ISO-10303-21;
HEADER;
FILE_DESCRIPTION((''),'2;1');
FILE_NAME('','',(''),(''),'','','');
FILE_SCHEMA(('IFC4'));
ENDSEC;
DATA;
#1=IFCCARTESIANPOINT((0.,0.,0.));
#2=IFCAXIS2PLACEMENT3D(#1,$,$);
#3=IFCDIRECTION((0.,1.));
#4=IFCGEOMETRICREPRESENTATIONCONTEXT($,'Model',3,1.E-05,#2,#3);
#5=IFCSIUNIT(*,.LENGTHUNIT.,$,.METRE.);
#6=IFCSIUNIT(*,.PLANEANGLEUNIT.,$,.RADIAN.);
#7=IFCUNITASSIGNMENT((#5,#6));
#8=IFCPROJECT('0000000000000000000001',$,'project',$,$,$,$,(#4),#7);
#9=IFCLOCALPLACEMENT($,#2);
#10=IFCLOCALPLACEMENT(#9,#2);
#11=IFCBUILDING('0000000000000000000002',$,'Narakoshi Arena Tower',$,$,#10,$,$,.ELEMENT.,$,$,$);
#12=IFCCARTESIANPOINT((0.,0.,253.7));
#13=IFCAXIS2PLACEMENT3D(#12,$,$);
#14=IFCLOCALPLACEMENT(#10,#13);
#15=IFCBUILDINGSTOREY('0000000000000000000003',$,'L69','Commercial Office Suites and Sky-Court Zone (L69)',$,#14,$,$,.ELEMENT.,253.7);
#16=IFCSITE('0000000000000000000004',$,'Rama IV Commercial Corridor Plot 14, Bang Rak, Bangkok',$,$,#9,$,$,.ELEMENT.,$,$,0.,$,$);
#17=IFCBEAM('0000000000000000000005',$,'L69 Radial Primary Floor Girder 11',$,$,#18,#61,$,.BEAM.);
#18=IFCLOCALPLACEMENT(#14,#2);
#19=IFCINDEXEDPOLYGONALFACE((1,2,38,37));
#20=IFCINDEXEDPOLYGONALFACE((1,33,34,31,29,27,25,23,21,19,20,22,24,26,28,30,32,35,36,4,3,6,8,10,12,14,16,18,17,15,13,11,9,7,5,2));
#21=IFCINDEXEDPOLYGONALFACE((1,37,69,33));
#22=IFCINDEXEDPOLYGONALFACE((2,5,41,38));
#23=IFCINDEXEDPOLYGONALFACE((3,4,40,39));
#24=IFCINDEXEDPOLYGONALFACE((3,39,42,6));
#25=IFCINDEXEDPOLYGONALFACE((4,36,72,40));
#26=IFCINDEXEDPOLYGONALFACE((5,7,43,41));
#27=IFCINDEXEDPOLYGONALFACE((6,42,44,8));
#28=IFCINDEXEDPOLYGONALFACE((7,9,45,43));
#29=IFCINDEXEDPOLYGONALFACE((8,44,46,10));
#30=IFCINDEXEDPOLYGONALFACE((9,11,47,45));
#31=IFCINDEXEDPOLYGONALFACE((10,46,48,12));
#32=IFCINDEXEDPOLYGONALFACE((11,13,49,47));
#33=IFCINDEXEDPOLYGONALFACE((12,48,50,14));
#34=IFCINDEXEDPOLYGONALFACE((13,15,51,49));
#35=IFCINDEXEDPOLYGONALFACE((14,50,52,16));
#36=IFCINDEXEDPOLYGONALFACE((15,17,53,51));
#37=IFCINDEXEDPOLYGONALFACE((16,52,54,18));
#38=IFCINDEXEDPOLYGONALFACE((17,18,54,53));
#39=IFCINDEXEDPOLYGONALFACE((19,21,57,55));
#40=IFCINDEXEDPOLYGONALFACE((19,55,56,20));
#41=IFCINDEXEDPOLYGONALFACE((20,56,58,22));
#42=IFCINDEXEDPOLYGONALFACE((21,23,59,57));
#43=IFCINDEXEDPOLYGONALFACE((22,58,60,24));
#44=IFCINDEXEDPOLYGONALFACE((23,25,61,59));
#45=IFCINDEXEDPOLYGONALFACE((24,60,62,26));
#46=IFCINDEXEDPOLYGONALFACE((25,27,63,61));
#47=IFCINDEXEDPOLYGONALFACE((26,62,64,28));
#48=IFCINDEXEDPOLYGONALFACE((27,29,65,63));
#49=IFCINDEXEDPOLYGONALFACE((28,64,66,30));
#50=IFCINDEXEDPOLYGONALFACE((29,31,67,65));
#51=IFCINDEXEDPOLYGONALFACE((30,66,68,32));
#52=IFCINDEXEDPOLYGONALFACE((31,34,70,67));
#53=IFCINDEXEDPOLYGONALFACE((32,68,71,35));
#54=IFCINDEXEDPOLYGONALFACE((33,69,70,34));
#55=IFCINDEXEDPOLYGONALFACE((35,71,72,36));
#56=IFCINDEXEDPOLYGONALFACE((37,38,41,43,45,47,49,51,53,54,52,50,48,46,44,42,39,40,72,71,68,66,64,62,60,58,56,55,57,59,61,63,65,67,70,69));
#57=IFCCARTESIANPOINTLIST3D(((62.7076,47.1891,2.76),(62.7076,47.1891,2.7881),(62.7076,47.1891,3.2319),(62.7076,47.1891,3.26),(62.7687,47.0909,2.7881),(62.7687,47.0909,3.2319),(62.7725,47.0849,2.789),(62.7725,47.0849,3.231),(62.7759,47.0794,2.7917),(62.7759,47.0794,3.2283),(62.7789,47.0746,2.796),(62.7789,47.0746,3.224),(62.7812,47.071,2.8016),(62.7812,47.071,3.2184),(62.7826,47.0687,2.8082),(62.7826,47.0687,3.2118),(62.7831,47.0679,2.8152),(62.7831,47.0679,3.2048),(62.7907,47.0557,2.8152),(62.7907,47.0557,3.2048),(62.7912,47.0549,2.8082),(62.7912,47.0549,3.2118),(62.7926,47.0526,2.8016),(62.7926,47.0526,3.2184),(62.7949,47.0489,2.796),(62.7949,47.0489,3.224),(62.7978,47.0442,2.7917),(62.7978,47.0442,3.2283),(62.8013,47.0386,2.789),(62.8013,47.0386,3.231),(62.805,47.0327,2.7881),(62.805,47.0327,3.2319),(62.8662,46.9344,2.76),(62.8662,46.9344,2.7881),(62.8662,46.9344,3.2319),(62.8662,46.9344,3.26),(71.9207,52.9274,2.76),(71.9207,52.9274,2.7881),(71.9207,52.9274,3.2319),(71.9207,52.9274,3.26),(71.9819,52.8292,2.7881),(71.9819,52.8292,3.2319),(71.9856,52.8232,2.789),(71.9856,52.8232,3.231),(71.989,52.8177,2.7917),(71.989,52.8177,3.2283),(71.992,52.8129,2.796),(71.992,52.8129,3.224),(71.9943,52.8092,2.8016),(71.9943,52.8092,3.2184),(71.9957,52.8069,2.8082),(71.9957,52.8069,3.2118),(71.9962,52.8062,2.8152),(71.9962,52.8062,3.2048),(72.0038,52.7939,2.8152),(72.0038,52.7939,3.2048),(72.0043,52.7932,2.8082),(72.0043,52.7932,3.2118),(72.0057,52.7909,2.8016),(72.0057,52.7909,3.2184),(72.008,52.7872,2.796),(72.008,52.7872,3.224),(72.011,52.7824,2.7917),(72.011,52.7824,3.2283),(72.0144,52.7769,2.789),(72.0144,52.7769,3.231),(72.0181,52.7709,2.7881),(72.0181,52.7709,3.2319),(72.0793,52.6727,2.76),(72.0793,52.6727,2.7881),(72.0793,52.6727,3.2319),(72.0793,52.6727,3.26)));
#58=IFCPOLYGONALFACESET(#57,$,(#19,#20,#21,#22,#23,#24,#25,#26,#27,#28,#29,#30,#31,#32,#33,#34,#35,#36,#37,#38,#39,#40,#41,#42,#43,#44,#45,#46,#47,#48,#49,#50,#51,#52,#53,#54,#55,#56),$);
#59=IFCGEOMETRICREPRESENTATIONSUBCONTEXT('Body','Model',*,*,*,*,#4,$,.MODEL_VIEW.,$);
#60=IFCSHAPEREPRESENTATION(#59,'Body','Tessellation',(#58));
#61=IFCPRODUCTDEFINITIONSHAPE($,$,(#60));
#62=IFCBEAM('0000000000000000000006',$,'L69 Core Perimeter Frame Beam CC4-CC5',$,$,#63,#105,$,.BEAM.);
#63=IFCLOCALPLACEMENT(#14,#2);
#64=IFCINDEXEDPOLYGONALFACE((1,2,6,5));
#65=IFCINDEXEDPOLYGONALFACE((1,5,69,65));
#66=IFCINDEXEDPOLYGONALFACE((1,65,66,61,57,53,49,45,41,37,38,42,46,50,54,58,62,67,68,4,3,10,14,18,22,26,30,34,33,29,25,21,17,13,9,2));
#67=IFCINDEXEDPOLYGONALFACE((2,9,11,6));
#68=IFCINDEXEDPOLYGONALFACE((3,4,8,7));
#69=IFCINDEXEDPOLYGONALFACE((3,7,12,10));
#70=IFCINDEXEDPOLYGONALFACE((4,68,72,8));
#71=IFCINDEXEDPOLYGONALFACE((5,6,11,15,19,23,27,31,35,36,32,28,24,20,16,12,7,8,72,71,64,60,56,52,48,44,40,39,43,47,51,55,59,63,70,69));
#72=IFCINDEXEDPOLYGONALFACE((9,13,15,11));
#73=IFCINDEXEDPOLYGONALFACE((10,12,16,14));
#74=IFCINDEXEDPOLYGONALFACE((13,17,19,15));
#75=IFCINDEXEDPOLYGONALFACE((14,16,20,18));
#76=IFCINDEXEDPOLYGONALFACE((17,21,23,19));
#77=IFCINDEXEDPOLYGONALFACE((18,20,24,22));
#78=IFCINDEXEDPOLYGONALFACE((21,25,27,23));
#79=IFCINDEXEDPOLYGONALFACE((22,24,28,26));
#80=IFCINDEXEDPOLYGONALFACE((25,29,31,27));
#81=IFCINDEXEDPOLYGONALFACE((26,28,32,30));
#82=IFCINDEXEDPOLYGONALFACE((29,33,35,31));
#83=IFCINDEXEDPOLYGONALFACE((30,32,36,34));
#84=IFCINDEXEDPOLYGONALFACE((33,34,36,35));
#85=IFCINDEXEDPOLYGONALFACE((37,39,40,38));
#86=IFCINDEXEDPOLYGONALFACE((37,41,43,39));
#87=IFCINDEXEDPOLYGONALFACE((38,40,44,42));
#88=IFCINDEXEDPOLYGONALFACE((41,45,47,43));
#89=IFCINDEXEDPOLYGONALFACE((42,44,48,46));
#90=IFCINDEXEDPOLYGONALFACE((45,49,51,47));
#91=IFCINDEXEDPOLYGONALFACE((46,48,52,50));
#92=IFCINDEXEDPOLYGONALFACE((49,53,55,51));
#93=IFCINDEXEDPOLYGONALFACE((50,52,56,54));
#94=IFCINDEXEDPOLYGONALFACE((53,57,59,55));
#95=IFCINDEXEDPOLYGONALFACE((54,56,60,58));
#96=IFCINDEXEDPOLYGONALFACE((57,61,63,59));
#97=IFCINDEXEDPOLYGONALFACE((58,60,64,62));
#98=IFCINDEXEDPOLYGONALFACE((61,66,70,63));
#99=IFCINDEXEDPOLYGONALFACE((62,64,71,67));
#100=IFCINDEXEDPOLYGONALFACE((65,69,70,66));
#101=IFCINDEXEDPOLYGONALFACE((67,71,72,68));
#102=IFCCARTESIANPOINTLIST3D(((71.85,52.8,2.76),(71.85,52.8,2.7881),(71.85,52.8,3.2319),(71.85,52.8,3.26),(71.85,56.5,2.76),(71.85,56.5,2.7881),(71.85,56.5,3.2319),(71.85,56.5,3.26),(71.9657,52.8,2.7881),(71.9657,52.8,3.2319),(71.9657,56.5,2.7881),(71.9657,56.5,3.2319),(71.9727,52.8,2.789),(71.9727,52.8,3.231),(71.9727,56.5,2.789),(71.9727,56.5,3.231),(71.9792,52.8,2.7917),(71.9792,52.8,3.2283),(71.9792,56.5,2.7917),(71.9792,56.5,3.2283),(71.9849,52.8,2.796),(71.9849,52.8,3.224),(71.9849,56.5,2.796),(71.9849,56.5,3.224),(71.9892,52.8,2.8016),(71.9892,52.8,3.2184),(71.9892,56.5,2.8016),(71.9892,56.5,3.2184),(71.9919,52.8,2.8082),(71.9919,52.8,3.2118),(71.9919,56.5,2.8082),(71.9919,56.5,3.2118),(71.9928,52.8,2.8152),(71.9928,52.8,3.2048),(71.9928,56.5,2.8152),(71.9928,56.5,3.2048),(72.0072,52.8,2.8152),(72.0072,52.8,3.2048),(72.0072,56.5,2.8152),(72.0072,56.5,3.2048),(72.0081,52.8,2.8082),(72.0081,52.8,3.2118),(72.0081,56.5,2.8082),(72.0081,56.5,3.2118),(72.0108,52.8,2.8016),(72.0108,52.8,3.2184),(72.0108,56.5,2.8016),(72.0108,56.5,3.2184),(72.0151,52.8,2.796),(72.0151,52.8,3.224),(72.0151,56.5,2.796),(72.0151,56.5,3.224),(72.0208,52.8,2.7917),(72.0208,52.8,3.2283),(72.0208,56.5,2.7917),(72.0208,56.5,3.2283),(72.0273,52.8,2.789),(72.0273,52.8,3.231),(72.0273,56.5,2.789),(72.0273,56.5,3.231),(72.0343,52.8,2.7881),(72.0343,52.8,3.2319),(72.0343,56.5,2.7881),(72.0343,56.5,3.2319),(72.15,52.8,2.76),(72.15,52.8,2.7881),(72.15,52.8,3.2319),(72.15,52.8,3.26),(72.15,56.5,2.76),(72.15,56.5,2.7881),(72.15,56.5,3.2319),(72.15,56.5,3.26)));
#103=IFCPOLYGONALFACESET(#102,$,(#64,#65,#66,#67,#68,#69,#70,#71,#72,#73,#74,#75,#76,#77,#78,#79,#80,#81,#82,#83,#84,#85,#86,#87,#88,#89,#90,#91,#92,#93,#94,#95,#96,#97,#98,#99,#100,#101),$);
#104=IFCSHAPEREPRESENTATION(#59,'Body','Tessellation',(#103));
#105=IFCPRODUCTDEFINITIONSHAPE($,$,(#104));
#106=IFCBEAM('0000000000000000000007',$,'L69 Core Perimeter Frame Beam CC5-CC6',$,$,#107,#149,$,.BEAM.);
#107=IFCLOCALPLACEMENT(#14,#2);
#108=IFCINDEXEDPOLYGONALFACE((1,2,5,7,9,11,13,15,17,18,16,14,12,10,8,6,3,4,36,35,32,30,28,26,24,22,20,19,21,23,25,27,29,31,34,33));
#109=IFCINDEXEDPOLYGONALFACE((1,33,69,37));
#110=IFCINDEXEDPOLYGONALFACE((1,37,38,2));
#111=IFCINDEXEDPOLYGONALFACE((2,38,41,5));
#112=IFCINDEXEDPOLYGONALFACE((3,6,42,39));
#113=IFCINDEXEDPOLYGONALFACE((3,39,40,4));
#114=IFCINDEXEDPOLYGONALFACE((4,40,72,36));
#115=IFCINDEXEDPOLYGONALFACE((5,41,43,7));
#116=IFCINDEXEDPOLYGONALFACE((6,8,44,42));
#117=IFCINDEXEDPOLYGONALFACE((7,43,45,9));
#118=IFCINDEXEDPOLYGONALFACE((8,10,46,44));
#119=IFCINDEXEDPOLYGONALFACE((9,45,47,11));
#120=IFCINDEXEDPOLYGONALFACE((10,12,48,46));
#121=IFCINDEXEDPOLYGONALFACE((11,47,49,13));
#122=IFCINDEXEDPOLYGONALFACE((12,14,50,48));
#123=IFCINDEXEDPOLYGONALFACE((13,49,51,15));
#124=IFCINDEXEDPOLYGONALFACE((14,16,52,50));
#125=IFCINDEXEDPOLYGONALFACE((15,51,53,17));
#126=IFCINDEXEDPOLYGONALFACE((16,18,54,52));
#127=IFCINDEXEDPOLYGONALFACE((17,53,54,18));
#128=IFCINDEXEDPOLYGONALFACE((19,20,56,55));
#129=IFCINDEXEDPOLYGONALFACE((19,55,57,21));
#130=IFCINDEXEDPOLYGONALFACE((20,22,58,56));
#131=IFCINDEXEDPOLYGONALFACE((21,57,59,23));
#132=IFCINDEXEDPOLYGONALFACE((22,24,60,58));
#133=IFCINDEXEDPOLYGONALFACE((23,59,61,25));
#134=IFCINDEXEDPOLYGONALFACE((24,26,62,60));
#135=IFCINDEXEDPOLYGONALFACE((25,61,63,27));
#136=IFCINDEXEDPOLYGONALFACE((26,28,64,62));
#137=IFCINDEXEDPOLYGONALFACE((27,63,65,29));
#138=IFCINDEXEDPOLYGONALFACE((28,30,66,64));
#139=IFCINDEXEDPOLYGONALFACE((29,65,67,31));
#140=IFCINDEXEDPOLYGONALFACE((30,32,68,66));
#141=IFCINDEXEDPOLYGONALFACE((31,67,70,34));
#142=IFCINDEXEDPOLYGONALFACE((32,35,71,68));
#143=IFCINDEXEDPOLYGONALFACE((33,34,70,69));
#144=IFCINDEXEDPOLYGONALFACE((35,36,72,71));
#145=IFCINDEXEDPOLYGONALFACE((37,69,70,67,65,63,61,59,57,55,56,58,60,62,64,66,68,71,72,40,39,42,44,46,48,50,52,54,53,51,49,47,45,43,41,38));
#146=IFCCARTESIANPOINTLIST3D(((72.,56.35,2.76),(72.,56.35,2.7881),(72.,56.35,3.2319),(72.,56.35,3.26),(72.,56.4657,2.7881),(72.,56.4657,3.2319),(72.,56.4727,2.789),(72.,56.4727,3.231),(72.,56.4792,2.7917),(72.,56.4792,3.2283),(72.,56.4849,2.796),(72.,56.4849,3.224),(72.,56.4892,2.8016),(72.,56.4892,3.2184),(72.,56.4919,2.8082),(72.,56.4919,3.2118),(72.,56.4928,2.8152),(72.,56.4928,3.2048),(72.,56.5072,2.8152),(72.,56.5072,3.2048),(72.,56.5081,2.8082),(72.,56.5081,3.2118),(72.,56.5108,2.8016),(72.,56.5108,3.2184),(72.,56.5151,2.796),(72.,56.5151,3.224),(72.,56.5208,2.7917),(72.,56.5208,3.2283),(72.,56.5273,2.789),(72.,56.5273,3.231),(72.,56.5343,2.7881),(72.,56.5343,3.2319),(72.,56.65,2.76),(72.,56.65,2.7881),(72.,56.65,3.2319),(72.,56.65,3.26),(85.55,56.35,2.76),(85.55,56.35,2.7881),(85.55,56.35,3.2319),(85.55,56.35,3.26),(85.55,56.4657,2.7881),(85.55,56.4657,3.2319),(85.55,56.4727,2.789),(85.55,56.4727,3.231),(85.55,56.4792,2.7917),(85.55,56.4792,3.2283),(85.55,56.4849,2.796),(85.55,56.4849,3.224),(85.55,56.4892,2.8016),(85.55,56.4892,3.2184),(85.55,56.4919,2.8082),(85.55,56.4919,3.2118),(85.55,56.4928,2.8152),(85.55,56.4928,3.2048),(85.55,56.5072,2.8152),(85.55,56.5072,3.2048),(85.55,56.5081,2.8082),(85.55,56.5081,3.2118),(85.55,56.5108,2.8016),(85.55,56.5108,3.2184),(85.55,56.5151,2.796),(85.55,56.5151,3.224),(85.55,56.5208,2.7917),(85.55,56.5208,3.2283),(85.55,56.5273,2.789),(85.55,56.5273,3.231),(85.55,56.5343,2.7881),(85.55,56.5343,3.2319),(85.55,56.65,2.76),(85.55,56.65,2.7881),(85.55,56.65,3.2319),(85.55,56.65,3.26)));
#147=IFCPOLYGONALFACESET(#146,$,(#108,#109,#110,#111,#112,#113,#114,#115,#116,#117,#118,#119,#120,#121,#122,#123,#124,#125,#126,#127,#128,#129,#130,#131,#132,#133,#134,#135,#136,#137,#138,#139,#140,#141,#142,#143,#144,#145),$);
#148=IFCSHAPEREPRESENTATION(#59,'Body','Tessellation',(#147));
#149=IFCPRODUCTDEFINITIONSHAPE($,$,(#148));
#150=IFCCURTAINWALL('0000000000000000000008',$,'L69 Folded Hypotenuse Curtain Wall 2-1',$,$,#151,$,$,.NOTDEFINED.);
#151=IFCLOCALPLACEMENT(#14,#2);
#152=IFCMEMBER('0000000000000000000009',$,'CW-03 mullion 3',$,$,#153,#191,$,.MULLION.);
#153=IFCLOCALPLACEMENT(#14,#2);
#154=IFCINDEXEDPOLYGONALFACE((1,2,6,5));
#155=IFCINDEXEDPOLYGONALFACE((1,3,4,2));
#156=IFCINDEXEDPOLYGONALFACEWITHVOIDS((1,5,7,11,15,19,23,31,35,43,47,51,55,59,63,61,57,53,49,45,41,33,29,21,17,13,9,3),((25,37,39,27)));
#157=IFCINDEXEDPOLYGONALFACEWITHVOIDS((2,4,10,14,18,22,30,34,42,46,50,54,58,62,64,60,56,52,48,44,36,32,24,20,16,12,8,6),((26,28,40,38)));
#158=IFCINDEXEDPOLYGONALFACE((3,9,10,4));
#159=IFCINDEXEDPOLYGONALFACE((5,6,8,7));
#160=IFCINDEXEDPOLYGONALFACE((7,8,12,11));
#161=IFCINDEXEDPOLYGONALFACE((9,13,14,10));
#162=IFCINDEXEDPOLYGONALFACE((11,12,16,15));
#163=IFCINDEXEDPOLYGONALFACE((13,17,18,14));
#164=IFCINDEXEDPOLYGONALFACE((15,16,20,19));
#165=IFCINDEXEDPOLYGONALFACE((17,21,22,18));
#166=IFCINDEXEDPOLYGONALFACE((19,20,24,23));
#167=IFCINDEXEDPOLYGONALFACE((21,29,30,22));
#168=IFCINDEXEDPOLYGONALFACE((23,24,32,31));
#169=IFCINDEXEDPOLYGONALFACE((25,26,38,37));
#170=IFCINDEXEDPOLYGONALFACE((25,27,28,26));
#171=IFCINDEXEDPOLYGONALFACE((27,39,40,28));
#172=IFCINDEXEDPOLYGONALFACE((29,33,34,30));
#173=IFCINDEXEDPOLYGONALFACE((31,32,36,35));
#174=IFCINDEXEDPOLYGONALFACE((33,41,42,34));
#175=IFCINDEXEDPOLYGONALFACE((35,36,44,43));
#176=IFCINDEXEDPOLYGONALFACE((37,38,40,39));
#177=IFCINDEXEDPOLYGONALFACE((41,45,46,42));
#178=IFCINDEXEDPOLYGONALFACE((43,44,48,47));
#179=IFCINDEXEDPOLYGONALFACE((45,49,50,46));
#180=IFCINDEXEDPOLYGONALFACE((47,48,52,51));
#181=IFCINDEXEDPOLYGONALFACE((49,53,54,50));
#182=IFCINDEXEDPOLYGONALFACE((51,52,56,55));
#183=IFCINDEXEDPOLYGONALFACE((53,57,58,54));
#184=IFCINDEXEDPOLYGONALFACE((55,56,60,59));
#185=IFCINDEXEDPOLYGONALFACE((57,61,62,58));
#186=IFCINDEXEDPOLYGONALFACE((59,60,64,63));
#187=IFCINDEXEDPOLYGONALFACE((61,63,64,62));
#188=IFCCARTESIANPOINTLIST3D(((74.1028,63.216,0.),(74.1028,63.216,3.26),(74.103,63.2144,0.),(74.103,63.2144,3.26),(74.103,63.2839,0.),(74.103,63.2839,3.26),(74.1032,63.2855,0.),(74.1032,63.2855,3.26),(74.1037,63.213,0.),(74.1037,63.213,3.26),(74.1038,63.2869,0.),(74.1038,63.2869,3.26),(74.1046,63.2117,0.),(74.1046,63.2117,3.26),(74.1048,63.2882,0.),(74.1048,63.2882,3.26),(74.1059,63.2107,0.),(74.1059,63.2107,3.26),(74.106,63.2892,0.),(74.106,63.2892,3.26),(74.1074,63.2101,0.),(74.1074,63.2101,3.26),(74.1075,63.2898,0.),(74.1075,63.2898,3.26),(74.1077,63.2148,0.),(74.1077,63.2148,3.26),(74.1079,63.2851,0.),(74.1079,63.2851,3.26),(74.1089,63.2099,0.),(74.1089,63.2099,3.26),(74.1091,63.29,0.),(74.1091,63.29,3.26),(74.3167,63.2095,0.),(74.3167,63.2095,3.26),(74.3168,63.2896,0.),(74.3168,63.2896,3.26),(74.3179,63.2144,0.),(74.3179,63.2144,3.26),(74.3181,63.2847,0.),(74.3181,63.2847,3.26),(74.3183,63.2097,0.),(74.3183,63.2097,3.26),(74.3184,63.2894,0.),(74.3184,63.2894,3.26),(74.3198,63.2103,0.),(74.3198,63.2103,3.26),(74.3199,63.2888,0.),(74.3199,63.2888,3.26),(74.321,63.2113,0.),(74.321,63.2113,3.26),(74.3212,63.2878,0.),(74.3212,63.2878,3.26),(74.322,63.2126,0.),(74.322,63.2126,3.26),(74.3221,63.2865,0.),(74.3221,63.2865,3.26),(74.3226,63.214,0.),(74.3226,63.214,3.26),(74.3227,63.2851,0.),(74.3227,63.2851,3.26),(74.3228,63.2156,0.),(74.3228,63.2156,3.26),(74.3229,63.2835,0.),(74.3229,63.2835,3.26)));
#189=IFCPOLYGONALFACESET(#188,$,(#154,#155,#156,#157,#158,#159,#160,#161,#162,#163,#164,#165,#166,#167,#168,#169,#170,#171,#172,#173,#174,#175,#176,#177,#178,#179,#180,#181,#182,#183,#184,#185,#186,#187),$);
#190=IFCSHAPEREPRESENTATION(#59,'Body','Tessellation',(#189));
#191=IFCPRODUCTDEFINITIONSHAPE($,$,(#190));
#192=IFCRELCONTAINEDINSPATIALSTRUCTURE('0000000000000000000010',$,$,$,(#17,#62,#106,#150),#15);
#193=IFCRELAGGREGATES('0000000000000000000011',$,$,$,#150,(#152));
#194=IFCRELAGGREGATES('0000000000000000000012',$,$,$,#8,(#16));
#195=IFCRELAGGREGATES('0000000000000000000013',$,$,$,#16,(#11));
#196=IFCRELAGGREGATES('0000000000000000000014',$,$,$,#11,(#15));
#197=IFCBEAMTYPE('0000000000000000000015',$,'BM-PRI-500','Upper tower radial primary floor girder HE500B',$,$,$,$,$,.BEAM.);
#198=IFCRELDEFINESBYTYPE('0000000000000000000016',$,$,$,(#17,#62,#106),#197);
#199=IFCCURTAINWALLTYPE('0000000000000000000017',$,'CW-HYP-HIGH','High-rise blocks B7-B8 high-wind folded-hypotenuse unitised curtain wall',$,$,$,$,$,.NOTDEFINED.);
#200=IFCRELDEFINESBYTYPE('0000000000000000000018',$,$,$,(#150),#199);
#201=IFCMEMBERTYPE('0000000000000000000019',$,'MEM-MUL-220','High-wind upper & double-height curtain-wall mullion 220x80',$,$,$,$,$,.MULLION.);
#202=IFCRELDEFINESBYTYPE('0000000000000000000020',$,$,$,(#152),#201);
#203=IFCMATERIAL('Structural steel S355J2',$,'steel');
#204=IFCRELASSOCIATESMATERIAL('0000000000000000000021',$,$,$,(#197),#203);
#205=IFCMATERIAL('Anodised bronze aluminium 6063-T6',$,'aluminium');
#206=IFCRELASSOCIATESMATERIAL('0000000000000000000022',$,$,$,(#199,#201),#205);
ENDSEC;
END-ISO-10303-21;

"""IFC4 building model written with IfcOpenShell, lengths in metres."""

from ifc_helpers import new_model, si_unit, direction, frame, origin, origin_2d, place, context, subcontext, project, spatial, hollow_rectangle, i_section, extrude, material, material_profile, profile_set, type_object, element, aggregate, save


model = new_model("IFC4")

# Units and contexts
model_context = context("Model", 3, precision=1e-05, world=origin(), true_north=direction((0.0, 1.0)))
body_context = subcontext(model_context, "Body", "Model", "MODEL_VIEW")
ifc_project = project(units=[si_unit("LENGTHUNIT", "METRE"), si_unit("PLANEANGLEUNIT", "RADIAN")], contexts=[model_context])

# Site, building, storey
site_placement = place(None, origin())
site = spatial("IfcSite", under=ifc_project, at=site_placement, Name="Rama IV Commercial Corridor Plot 14, Bang Rak, Bangkok", CompositionType="ELEMENT", RefElevation=0.0)
building_placement = place(site_placement, origin())
building = spatial("IfcBuilding", under=site, at=building_placement, Name="Narakoshi Arena Tower", CompositionType="ELEMENT")
storey_placement = place(building_placement, frame((0.0, 0.0, 253.7)))
storey = spatial("IfcBuildingStorey", under=building, at=storey_placement, Name="L69", Description="Commercial Office Suites and Sky-Court Zone (L69)", CompositionType="ELEMENT", Elevation=253.7)

# Beams
ifc_material_1 = material(Name="Structural steel S355J2", Category="steel")
ifc_material_profile_1 = material_profile(ifc_material_1, i_section(OverallWidth=0.3, OverallDepth=0.5, WebThickness=0.0144, FlangeThickness=0.0281, FilletRadius=0.0271, at=origin_2d()), Name="HE500B")
ifc_profile_set_1 = profile_set([ifc_material_profile_1], Name="Structural steel S355J2")
beam_type = type_object("IfcBeamType", Name="BM-PRI-500", Description="Upper tower radial primary floor girder HE500B", PredefinedType="BEAM", material=ifc_profile_set_1)
beam_1_placement = place(storey_placement, frame((72.0, 52.8, 3.01), z_axis=(-0.848822, -0.528678, 0.0), x_axis=(0.528678, -0.848822, 0.0)))
element("IfcBeam", 1, at=beam_1_placement, inside=storey, type_object=beam_type, Name="L69 Radial Primary Floor Girder 11", PredefinedType="BEAM", context=body_context, shape_type="SweptSolid", body=[
    extrude(i_section(OverallWidth=0.3, OverallDepth=0.5, WebThickness=0.0144, FlangeThickness=0.0281, FilletRadius=0.0271, at=origin_2d()), origin(), (0.0, 0.0, 1.0), 10.854),
])
beam_2_placement = place(storey_placement, frame((72.0, 52.8, 3.01), z_axis=(0.0, 1.0, 0.0), x_axis=(-1.0, 0.0, 0.0)))
element("IfcBeam", 2, at=beam_2_placement, inside=storey, type_object=beam_type, Name="L69 Core Perimeter Frame Beam CC4-CC5", PredefinedType="BEAM", context=body_context, shape_type="SweptSolid", body=[
    extrude(i_section(OverallWidth=0.3, OverallDepth=0.5, WebThickness=0.0144, FlangeThickness=0.0281, FilletRadius=0.0271, at=origin_2d()), origin(), (0.0, 0.0, 1.0), 3.7),
])
beam_3_placement = place(storey_placement, frame((72.0, 56.5, 3.01), z_axis=(1.0, 0.0, 0.0), x_axis=(0.0, 1.0, 0.0)))
element("IfcBeam", 3, at=beam_3_placement, inside=storey, type_object=beam_type, Name="L69 Core Perimeter Frame Beam CC5-CC6", PredefinedType="BEAM", context=body_context, shape_type="SweptSolid", body=[
    extrude(i_section(OverallWidth=0.3, OverallDepth=0.5, WebThickness=0.0144, FlangeThickness=0.0281, FilletRadius=0.0271, at=origin_2d()), origin(), (0.0, 0.0, 1.0), 13.55),
])

# Curtain wall, member
ifc_material_2 = material(Name="Anodised bronze aluminium 6063-T6", Category="aluminium")
curtain_wall_type = type_object("IfcCurtainWallType", Name="CW-HYP-HIGH", Description="High-rise blocks B7-B8 high-wind folded-hypotenuse unitised curtain wall", PredefinedType="NOTDEFINED", material=ifc_material_2)
curtain_wall_placement = place(storey_placement, origin())
curtain_wall = element("IfcCurtainWall", 4, at=curtain_wall_placement, inside=storey, type_object=curtain_wall_type, Name="L69 Folded Hypotenuse Curtain Wall 2-1", PredefinedType="NOTDEFINED")
ifc_material_profile_2 = material_profile(ifc_material_2, hollow_rectangle(XDim=0.0801, YDim=0.22, WallThickness=0.0049, OuterFilletRadius=0.0061, at=origin_2d()), Name="MUL220x80x5")
ifc_profile_set_2 = profile_set([ifc_material_profile_2], Name="Anodised bronze aluminium 6063-T6")
member_type_1 = type_object("IfcMemberType", Name="MEM-MUL-220", Description="High-wind upper & double-height curtain-wall mullion 220x80", PredefinedType="MULLION", material=ifc_profile_set_2)
member_1_placement = place(storey_placement, frame((74.2129, 63.2498, 0.0), z_axis=(0.0, 0.0, 1.0), x_axis=(-0.00182, -0.999998, 0.0)))
member_1 = element("IfcMember", 5, at=member_1_placement, type_object=member_type_1, Name="CW-03 mullion 3", PredefinedType="MULLION", context=body_context, shape_type="SweptSolid", body=[
    extrude(hollow_rectangle(XDim=0.0801, YDim=0.22, WallThickness=0.0049, OuterFilletRadius=0.0061, at=origin_2d()), origin(), (0.0, 0.0, 1.0), 3.26),
])
aggregate(curtain_wall, [member_1])

save(model, "model.ifc")
